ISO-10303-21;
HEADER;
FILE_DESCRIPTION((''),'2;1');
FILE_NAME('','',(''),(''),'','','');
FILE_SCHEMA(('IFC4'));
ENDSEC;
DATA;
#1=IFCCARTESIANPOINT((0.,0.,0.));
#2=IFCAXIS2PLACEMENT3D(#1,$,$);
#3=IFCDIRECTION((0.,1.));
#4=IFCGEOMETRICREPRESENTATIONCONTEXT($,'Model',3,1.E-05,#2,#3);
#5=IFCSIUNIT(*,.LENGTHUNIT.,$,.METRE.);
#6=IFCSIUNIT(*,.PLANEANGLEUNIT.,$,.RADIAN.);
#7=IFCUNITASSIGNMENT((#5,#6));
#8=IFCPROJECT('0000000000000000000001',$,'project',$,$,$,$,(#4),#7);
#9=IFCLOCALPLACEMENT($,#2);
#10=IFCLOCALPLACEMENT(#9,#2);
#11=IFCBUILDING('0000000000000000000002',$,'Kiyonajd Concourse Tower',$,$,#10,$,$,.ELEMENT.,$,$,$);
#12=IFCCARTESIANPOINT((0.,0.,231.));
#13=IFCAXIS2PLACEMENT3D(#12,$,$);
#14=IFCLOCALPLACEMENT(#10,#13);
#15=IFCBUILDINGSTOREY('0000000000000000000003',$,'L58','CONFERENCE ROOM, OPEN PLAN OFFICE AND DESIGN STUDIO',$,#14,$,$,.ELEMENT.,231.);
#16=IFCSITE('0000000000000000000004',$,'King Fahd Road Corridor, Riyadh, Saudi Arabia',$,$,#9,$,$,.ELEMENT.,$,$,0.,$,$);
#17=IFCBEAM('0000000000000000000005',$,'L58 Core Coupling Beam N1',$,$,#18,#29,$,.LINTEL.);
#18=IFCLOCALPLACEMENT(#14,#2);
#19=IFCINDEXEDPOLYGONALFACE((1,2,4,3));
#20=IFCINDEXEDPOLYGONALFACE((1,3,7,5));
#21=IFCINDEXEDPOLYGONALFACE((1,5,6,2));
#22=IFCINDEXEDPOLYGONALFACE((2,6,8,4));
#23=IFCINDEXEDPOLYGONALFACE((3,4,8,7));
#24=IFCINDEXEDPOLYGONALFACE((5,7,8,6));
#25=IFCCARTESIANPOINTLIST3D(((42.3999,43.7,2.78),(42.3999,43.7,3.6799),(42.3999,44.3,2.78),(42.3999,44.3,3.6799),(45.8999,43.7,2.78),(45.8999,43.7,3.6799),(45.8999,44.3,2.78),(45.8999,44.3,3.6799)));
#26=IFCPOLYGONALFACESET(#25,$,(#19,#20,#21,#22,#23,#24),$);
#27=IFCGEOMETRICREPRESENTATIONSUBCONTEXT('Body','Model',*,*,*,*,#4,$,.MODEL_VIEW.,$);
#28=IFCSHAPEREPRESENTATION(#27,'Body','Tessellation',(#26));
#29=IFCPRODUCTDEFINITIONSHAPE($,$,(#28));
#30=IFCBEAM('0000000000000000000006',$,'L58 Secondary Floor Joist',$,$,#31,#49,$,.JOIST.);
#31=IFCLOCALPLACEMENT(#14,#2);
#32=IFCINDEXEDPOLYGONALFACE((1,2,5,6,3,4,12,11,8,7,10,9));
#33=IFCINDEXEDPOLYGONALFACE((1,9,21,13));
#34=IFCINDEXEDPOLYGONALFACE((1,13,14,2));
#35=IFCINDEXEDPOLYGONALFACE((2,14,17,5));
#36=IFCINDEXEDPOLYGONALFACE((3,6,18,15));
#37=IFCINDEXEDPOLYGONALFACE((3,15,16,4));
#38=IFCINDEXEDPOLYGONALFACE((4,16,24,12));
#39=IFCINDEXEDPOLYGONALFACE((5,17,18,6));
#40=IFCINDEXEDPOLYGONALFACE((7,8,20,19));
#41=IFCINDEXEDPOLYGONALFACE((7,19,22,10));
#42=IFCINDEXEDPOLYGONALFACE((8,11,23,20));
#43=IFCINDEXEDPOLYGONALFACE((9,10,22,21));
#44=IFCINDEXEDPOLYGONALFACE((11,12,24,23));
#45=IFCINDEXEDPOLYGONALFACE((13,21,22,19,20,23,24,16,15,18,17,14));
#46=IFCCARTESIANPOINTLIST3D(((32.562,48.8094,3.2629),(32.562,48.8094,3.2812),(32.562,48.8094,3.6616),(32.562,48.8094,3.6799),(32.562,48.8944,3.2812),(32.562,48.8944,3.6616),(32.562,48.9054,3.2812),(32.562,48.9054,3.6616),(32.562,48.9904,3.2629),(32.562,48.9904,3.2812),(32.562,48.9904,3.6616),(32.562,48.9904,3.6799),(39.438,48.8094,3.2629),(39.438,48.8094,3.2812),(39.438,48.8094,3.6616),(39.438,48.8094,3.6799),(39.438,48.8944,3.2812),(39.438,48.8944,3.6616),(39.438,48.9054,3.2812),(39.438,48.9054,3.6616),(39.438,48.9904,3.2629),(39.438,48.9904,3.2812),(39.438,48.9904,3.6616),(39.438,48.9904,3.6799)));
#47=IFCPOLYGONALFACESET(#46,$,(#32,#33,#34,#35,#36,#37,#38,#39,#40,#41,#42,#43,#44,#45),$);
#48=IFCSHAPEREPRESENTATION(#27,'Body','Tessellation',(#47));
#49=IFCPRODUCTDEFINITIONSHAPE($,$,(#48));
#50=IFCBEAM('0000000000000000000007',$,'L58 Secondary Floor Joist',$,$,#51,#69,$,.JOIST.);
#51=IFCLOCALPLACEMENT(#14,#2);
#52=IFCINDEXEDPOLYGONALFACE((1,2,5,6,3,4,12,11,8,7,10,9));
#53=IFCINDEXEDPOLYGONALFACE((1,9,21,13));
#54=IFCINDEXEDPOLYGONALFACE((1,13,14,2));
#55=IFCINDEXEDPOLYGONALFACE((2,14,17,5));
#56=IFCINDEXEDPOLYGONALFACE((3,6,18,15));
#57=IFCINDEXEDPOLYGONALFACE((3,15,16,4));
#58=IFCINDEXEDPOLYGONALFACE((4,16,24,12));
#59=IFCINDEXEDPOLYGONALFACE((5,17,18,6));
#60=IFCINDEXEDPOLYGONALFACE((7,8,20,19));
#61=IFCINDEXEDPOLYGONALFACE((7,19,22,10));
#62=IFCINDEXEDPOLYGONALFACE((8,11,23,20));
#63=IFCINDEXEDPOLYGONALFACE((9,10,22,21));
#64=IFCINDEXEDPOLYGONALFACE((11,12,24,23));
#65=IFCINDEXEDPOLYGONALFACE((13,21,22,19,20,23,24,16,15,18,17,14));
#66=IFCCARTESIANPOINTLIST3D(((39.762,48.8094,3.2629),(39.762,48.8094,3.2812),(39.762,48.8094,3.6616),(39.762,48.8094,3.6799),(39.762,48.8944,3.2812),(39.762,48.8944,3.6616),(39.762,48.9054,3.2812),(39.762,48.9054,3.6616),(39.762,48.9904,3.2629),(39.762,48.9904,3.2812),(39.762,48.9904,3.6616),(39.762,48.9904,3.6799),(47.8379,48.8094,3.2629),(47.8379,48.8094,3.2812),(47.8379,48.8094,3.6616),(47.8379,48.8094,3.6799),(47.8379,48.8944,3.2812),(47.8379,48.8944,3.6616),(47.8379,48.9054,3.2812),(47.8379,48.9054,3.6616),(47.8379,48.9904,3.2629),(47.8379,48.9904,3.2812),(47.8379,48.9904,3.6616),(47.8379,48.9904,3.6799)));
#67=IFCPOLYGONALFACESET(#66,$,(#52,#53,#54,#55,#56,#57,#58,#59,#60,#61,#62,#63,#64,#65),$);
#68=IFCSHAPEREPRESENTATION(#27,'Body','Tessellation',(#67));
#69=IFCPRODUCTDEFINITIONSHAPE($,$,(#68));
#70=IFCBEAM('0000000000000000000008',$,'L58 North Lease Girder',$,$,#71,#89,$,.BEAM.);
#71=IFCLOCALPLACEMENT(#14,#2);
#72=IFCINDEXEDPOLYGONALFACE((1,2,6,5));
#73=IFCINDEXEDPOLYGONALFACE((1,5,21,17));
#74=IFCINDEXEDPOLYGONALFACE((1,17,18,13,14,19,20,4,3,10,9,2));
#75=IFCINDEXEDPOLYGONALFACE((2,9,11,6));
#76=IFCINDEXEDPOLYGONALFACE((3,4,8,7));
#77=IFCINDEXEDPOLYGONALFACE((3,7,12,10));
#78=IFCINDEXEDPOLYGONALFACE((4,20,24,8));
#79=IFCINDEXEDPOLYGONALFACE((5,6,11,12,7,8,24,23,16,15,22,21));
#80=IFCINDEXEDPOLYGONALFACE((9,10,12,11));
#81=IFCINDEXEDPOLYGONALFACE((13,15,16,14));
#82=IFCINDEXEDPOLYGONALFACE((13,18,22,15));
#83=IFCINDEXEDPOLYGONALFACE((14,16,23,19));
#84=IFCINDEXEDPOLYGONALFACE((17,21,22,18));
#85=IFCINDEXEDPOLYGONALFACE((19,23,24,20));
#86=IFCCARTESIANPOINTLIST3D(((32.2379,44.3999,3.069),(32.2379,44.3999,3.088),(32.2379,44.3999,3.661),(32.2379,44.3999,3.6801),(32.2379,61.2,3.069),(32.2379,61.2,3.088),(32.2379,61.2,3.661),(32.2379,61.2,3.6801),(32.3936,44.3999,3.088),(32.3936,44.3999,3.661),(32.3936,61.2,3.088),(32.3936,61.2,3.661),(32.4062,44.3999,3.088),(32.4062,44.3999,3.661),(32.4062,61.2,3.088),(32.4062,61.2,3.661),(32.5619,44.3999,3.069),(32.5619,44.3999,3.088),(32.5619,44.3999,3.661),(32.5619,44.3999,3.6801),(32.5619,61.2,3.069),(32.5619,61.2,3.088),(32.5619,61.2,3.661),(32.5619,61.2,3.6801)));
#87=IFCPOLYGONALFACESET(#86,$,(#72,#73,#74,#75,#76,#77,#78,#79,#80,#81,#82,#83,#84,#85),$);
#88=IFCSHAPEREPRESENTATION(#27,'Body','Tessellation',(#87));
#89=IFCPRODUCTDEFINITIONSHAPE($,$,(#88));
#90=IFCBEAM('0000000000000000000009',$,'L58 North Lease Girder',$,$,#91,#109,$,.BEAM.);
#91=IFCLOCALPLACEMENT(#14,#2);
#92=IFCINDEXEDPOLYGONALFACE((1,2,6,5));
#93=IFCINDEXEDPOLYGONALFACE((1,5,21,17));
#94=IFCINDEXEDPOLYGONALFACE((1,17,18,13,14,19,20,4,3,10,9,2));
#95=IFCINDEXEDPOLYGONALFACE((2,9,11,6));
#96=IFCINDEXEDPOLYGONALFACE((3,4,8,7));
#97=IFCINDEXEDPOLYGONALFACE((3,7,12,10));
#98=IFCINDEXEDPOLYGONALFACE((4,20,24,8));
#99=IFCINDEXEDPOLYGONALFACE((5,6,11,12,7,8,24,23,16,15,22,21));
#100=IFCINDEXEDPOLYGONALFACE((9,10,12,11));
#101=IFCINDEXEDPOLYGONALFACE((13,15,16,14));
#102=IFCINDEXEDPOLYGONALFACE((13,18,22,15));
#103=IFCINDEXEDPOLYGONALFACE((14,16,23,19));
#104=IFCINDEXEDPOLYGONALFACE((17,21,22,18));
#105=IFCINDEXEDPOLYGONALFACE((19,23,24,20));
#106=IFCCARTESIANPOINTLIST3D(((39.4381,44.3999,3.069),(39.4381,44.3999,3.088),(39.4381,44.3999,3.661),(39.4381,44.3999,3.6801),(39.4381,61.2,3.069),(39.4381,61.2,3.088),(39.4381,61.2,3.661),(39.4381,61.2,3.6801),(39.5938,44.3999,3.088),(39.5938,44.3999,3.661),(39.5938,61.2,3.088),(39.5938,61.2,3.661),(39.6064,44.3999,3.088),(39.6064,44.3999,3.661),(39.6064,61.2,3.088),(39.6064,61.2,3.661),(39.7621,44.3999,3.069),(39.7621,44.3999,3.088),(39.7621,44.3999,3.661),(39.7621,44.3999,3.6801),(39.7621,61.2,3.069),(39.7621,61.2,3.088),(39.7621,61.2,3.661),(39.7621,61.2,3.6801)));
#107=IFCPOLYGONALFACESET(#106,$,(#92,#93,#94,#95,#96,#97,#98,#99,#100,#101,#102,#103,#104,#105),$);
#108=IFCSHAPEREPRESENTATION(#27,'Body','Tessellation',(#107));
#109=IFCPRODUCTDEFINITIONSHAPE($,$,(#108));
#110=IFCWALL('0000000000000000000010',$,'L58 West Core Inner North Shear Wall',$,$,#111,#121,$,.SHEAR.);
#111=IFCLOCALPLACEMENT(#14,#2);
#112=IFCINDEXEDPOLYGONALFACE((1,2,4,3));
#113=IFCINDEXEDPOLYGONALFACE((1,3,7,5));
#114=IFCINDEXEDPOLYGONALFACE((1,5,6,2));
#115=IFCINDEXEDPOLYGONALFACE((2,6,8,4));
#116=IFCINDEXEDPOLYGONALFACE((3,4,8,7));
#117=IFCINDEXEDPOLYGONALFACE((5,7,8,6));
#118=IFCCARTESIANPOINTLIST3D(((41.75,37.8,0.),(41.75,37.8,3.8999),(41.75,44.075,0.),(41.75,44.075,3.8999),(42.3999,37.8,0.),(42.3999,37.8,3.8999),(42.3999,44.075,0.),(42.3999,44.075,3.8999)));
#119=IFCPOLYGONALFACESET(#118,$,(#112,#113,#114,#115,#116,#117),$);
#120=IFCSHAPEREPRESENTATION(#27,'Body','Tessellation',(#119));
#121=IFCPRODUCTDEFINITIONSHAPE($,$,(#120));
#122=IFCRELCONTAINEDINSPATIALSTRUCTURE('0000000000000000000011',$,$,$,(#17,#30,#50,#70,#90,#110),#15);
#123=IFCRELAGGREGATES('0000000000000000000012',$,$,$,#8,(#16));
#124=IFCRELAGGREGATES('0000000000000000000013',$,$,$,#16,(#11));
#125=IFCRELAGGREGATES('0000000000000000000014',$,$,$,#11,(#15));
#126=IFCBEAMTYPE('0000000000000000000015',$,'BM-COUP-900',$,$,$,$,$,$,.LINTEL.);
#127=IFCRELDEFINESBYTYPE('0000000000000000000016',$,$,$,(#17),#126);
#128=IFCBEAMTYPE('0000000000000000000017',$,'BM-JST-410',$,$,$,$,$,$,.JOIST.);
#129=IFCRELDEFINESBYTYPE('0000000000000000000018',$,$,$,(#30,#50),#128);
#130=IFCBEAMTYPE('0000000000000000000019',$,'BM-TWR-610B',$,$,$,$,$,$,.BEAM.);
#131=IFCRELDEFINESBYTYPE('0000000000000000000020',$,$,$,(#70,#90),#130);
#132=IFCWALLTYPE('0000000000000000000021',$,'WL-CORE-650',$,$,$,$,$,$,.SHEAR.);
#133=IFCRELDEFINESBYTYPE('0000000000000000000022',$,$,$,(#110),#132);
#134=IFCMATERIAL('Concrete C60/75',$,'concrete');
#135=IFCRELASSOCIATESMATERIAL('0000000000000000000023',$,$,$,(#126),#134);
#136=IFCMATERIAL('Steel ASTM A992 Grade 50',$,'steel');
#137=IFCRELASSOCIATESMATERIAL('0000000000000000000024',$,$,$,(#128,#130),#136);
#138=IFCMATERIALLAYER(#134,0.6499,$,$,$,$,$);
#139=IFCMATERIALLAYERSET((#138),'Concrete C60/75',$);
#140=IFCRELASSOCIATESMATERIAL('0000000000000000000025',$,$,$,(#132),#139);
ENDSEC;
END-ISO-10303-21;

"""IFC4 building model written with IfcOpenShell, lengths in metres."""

from ifc_helpers import new_model, si_unit, direction, frame, frame_2d, origin, origin_2d, place, context, subcontext, project, spatial, rectangle, i_section, extrude, material, layer, layer_set, material_profile, profile_set, type_object, element, save


model = new_model("IFC4")

# Units and contexts
model_context = context("Model", 3, precision=1e-05, world=origin(), true_north=direction((0.0, 1.0)))
body_context = subcontext(model_context, "Body", "Model", "MODEL_VIEW")
ifc_project = project(units=[si_unit("LENGTHUNIT", "METRE"), si_unit("PLANEANGLEUNIT", "RADIAN")], contexts=[model_context])

# Site, building, storey
site_placement = place(None, origin())
site = spatial("IfcSite", under=ifc_project, at=site_placement, Name="King Fahd Road Corridor, Riyadh, Saudi Arabia", CompositionType="ELEMENT", RefElevation=0.0)
building_placement = place(site_placement, origin())
building = spatial("IfcBuilding", under=site, at=building_placement, Name="Kiyonajd Concourse Tower", CompositionType="ELEMENT")
storey_placement = place(building_placement, frame((0.0, 0.0, 231.0)))
storey = spatial("IfcBuildingStorey", under=building, at=storey_placement, Name="L58", Description="CONFERENCE ROOM, OPEN PLAN OFFICE AND DESIGN STUDIO", CompositionType="ELEMENT", Elevation=231.0)

# Beams
ifc_material_1 = material(Name="Concrete C60/75", Category="concrete")
ifc_material_profile_1 = material_profile(ifc_material_1, rectangle(XDim=0.6001, YDim=0.8999, at=origin_2d()), Name="RCBM-600x900")
ifc_profile_set_1 = profile_set([ifc_material_profile_1], Name="Concrete C60/75")
beam_type_1 = type_object("IfcBeamType", Name="BM-COUP-900", PredefinedType="LINTEL", material=ifc_profile_set_1)
beam_1_placement = place(storey_placement, frame((42.3999, 44.0, 3.23), z_axis=(1.0, 0.0, 0.0), x_axis=(0.0, 1.0, 0.0)))
element("IfcBeam", 1, at=beam_1_placement, inside=storey, type_object=beam_type_1, Name="L58 Core Coupling Beam N1", PredefinedType="LINTEL", context=body_context, shape_type="SweptSolid", body=[
    extrude(rectangle(XDim=0.6001, YDim=0.8999, at=origin_2d()), origin(), (0.0, 0.0, 1.0), 3.5),
])
ifc_material_2 = material(Name="Steel ASTM A992 Grade 50", Category="steel")
ifc_material_profile_2 = material_profile(ifc_material_2, i_section(OverallWidth=0.1809, OverallDepth=0.417, WebThickness=0.011, FlangeThickness=0.0183, at=origin_2d()), Name="W410X85")
ifc_profile_set_2 = profile_set([ifc_material_profile_2], Name="Steel ASTM A992 Grade 50")
beam_type_2 = type_object("IfcBeamType", Name="BM-JST-410", PredefinedType="JOIST", material=ifc_profile_set_2)
beam_2_placement = place(storey_placement, frame((32.562, 48.8999, 3.4714), z_axis=(1.0, 0.0, 0.0), x_axis=(0.0, 1.0, 0.0)))
element("IfcBeam", 2, at=beam_2_placement, inside=storey, type_object=beam_type_2, Name="L58 Secondary Floor Joist", PredefinedType="JOIST", context=body_context, shape_type="SweptSolid", body=[
    extrude(i_section(OverallWidth=0.1809, OverallDepth=0.417, WebThickness=0.011, FlangeThickness=0.0183, at=origin_2d()), origin(), (0.0, 0.0, 1.0), 6.876),
])
beam_3_placement = place(storey_placement, frame((39.762, 48.8999, 3.4714), z_axis=(1.0, 0.0, 0.0), x_axis=(0.0, 1.0, 0.0)))
element("IfcBeam", 3, at=beam_3_placement, inside=storey, type_object=beam_type_2, Name="L58 Secondary Floor Joist", PredefinedType="JOIST", context=body_context, shape_type="SweptSolid", body=[
    extrude(i_section(OverallWidth=0.1809, OverallDepth=0.417, WebThickness=0.011, FlangeThickness=0.0183, at=origin_2d()), origin(), (0.0, 0.0, 1.0), 8.0759),
])
ifc_material_profile_3 = material_profile(ifc_material_2, i_section(OverallWidth=0.324, OverallDepth=0.6111, WebThickness=0.0127, FlangeThickness=0.019, at=origin_2d()), Name="W610X155")
ifc_profile_set_3 = profile_set([ifc_material_profile_3], Name="Steel ASTM A992 Grade 50")
beam_type_3 = type_object("IfcBeamType", Name="BM-TWR-610B", PredefinedType="BEAM", material=ifc_profile_set_3)
for number, where, z_axis, x_axis, name in (
    (4, (32.3999, 44.3999, 3.3745), (0.0, 1.0, 0.0), (-1.0, 0.0, 0.0), "L58 North Lease Girder"),
    (5, (39.6001, 44.3999, 3.3745), (0.0, 1.0, 0.0), (-1.0, 0.0, 0.0), "L58 North Lease Girder"),
):
    element("IfcBeam", number, at=place(storey_placement, frame(where, z_axis=z_axis, x_axis=x_axis)), inside=storey, type_object=beam_type_3, Name=name, PredefinedType="BEAM", context=body_context, shape_type="SweptSolid", body=[
        extrude(i_section(OverallWidth=0.324, OverallDepth=0.6111, WebThickness=0.0127, FlangeThickness=0.019, at=origin_2d()), origin(), (0.0, 0.0, 1.0), 16.8),
    ])

# Wall
ifc_layer_1 = layer(ifc_material_1, 0.6499)
ifc_layer_set_1 = layer_set([ifc_layer_1], Name="Concrete C60/75")
wall_type_1 = type_object("IfcWallType", Name="WL-CORE-650", PredefinedType="SHEAR", material=ifc_layer_set_1)
wall_1_placement = place(storey_placement, frame((42.075, 37.8, 0.0), z_axis=(0.0, 0.0, 1.0), x_axis=(0.0, 1.0, 0.0)))
element("IfcWall", 6, at=wall_1_placement, inside=storey, type_object=wall_type_1, Name="L58 West Core Inner North Shear Wall", PredefinedType="SHEAR", context=body_context, shape_type="SweptSolid", body=[
    extrude(rectangle(XDim=6.2749, YDim=0.6499, at=frame_2d((3.1375, 0.0))), origin(), (0.0, 0.0, 1.0), 3.8999),
])

save(model, "model.ifc")
